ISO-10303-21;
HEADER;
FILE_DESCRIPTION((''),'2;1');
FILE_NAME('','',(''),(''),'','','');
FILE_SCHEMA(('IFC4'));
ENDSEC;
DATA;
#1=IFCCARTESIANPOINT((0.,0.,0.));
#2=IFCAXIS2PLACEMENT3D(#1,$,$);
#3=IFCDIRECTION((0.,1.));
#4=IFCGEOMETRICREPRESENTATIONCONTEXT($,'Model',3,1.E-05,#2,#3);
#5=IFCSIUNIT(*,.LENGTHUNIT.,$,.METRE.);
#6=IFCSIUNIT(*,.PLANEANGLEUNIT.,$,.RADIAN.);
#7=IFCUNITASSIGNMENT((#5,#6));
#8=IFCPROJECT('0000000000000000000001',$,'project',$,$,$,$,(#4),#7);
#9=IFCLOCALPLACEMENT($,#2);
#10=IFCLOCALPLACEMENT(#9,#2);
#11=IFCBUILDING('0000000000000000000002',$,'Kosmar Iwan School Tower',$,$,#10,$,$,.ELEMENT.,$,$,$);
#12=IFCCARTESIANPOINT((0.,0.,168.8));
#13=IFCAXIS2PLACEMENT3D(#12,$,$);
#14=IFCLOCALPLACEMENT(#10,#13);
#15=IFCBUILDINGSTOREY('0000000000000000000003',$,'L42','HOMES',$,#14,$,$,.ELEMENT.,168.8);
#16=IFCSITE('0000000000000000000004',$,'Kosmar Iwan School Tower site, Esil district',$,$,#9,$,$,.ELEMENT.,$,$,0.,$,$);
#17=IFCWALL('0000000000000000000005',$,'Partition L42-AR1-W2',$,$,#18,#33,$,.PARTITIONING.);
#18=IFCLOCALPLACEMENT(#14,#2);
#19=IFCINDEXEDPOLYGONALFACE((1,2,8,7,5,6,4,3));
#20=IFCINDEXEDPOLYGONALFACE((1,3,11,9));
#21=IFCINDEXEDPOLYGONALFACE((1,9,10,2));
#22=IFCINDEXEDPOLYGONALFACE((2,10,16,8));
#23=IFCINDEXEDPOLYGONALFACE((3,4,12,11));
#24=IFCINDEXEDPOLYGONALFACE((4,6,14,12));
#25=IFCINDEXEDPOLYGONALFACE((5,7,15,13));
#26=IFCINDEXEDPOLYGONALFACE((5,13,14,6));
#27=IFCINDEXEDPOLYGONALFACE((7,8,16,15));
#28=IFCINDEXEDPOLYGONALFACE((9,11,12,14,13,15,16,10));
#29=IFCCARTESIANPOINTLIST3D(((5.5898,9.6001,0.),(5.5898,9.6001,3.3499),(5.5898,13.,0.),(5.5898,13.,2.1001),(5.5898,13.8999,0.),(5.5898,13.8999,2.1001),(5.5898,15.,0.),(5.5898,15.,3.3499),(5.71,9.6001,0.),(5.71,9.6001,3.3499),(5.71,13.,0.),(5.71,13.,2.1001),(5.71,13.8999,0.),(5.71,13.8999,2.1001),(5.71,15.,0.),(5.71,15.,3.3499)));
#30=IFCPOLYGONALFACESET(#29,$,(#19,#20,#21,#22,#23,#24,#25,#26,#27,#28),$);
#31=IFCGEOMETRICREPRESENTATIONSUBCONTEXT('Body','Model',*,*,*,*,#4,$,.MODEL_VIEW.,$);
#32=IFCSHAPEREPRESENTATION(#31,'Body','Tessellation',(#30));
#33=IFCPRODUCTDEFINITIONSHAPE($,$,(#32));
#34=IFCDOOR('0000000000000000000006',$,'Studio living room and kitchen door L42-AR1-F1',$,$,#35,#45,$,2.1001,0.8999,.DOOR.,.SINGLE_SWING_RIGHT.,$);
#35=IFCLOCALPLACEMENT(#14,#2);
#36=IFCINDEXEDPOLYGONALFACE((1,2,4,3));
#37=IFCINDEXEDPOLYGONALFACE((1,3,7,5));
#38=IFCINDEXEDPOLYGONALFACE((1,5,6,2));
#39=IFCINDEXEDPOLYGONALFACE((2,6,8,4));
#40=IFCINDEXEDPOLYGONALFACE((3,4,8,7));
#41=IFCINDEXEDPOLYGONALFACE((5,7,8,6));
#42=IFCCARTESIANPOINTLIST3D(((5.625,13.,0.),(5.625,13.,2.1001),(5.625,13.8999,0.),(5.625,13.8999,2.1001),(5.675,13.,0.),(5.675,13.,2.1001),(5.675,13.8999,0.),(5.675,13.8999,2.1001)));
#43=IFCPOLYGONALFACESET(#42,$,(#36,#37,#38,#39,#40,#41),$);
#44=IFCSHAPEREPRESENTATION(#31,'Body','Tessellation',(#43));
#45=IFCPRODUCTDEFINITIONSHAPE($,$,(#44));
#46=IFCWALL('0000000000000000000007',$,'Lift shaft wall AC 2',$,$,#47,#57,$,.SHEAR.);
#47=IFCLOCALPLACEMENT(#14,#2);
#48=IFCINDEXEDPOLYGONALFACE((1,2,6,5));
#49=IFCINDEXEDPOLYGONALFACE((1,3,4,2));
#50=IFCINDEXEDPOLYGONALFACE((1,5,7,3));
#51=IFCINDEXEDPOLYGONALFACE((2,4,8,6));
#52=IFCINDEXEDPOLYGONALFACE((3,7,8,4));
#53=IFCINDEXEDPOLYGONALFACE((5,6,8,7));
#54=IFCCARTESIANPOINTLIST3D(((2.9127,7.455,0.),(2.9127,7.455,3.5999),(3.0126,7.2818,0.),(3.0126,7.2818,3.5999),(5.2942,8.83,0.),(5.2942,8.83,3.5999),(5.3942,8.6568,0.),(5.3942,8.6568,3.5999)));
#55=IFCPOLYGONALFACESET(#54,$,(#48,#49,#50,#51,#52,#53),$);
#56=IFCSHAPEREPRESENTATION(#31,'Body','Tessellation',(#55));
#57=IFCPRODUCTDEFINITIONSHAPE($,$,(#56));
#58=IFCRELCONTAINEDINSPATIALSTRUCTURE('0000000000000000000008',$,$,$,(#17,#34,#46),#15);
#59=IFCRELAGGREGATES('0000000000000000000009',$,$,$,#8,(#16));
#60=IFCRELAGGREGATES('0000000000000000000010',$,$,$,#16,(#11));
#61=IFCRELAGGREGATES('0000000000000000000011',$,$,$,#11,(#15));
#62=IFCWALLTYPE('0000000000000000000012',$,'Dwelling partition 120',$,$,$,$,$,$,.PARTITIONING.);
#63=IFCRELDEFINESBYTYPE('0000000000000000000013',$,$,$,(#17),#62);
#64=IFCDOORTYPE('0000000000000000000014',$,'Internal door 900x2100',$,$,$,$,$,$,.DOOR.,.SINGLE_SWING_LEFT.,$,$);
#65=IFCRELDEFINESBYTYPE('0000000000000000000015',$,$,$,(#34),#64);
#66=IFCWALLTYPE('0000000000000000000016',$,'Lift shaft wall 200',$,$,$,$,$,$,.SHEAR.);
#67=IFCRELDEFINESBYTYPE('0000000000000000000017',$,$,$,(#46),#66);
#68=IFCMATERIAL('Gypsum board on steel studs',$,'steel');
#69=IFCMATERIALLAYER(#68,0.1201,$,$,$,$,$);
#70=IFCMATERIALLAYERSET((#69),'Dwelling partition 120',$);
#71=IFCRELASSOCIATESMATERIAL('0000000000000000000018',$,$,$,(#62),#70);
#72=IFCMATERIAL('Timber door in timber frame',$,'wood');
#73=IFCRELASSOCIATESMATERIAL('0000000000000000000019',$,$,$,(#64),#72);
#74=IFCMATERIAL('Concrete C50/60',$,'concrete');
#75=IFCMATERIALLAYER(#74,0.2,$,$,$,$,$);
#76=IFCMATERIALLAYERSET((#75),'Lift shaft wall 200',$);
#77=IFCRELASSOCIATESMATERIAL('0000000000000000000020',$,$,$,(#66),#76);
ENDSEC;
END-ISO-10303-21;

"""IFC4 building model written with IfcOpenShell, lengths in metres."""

from ifc_helpers import new_model, si_unit, direction, frame, frame_2d, origin, place, context, subcontext, project, spatial, rectangle, extrude, material, layer, layer_set, type_object, element, fill, save


model = new_model("IFC4")

# Units and contexts
model_context = context("Model", 3, precision=1e-05, world=origin(), true_north=direction((0.0, 1.0)))
body_context = subcontext(model_context, "Body", "Model", "MODEL_VIEW")
ifc_project = project(units=[si_unit("LENGTHUNIT", "METRE"), si_unit("PLANEANGLEUNIT", "RADIAN")], contexts=[model_context])

# Site, building, storey
site_placement = place(None, origin())
site = spatial("IfcSite", under=ifc_project, at=site_placement, Name="Kosmar Iwan School Tower site, Esil district", CompositionType="ELEMENT", RefElevation=0.0)
building_placement = place(site_placement, origin())
building = spatial("IfcBuilding", under=site, at=building_placement, Name="Kosmar Iwan School Tower", CompositionType="ELEMENT")
storey_placement = place(building_placement, frame((0.0, 0.0, 168.8)))
storey = spatial("IfcBuildingStorey", under=building, at=storey_placement, Name="L42", Description="HOMES", CompositionType="ELEMENT", Elevation=168.8)

# Shared definitions
ifc_material_1 = material(Name="Gypsum board on steel studs", Category="steel")
ifc_layer_1 = layer(ifc_material_1, 0.1201)
ifc_layer_set_1 = layer_set([ifc_layer_1], Name="Dwelling partition 120")
wall_type_1 = type_object("IfcWallType", Name="Dwelling partition 120", PredefinedType="PARTITIONING", material=ifc_layer_set_1)
ifc_material_2 = material(Name="Timber door in timber frame", Category="wood")
door_type_1 = type_object("IfcDoorType", Name="Internal door 900x2100", OperationType="SINGLE_SWING_LEFT", PredefinedType="DOOR", material=ifc_material_2)

# Wall, opening, door
wall_1_placement = place(storey_placement, frame((5.6499, 9.6001, 0.0), z_axis=(0.0, 0.0, 1.0), x_axis=(0.0, 1.0, 0.0)))
wall_1 = element("IfcWall", 1, at=wall_1_placement, inside=storey, type_object=wall_type_1, Name="Partition L42-AR1-W2", PredefinedType="PARTITIONING", context=body_context, shape_type="SweptSolid", body=[
    extrude(rectangle(XDim=5.3999, YDim=0.1201, at=frame_2d((2.7, 0.0))), origin(), (0.0, 0.0, 1.0), 3.3499),
])
opening_1_placement = place(wall_1_placement, frame((3.3999, 0.0, 0.0)))
opening_1 = element("IfcOpeningElement", 2, at=opening_1_placement, cuts=wall_1, PredefinedType="OPENING", context=body_context, shape_type="SweptSolid", body=[
    extrude(rectangle(XDim=0.8999, YDim=2.1001, at=frame_2d((0.45, 1.05))), frame((0.0, 0.072, 0.0), z_axis=(0.0, -1.0, 0.0), x_axis=(1.0, 0.0, 0.0)), (0.0, 0.0, 1.0), 0.144),
])
door_1_placement = place(opening_1_placement, origin())
door_1 = element("IfcDoor", 3, at=door_1_placement, inside=storey, type_object=door_type_1, Name="Studio living room and kitchen door L42-AR1-F1", OperationType="SINGLE_SWING_RIGHT", OverallHeight=2.1001, OverallWidth=0.8999, PredefinedType="DOOR", context=body_context, shape_type="SweptSolid", body=[
    extrude(rectangle(XDim=0.8999, YDim=2.1001, at=frame_2d((0.45, 1.05))), frame((0.0, 0.0249, 0.0), z_axis=(0.0, -1.0, 0.0), x_axis=(1.0, 0.0, 0.0)), (0.0, 0.0, 1.0), 0.05),
])
fill(opening_1, door_1)

# Wall
ifc_material_3 = material(Name="Concrete C50/60", Category="concrete")
ifc_layer_2 = layer(ifc_material_3, 0.2)
ifc_layer_set_2 = layer_set([ifc_layer_2], Name="Lift shaft wall 200")
wall_type_2 = type_object("IfcWallType", Name="Lift shaft wall 200", PredefinedType="SHEAR", material=ifc_layer_set_2)
wall_2_placement = place(storey_placement, frame((2.9626, 7.3684, 0.0), z_axis=(0.0, 0.0, 1.0), x_axis=(0.866027, 0.499997, 0.0)))
element("IfcWall", 4, at=wall_2_placement, inside=storey, type_object=wall_type_2, Name="Lift shaft wall AC 2", PredefinedType="SHEAR", context=body_context, shape_type="SweptSolid", body=[
    extrude(rectangle(XDim=2.75, YDim=0.2, at=frame_2d((1.375, 0.0))), origin(), (0.0, 0.0, 1.0), 3.5999),
])

save(model, "model.ifc")
